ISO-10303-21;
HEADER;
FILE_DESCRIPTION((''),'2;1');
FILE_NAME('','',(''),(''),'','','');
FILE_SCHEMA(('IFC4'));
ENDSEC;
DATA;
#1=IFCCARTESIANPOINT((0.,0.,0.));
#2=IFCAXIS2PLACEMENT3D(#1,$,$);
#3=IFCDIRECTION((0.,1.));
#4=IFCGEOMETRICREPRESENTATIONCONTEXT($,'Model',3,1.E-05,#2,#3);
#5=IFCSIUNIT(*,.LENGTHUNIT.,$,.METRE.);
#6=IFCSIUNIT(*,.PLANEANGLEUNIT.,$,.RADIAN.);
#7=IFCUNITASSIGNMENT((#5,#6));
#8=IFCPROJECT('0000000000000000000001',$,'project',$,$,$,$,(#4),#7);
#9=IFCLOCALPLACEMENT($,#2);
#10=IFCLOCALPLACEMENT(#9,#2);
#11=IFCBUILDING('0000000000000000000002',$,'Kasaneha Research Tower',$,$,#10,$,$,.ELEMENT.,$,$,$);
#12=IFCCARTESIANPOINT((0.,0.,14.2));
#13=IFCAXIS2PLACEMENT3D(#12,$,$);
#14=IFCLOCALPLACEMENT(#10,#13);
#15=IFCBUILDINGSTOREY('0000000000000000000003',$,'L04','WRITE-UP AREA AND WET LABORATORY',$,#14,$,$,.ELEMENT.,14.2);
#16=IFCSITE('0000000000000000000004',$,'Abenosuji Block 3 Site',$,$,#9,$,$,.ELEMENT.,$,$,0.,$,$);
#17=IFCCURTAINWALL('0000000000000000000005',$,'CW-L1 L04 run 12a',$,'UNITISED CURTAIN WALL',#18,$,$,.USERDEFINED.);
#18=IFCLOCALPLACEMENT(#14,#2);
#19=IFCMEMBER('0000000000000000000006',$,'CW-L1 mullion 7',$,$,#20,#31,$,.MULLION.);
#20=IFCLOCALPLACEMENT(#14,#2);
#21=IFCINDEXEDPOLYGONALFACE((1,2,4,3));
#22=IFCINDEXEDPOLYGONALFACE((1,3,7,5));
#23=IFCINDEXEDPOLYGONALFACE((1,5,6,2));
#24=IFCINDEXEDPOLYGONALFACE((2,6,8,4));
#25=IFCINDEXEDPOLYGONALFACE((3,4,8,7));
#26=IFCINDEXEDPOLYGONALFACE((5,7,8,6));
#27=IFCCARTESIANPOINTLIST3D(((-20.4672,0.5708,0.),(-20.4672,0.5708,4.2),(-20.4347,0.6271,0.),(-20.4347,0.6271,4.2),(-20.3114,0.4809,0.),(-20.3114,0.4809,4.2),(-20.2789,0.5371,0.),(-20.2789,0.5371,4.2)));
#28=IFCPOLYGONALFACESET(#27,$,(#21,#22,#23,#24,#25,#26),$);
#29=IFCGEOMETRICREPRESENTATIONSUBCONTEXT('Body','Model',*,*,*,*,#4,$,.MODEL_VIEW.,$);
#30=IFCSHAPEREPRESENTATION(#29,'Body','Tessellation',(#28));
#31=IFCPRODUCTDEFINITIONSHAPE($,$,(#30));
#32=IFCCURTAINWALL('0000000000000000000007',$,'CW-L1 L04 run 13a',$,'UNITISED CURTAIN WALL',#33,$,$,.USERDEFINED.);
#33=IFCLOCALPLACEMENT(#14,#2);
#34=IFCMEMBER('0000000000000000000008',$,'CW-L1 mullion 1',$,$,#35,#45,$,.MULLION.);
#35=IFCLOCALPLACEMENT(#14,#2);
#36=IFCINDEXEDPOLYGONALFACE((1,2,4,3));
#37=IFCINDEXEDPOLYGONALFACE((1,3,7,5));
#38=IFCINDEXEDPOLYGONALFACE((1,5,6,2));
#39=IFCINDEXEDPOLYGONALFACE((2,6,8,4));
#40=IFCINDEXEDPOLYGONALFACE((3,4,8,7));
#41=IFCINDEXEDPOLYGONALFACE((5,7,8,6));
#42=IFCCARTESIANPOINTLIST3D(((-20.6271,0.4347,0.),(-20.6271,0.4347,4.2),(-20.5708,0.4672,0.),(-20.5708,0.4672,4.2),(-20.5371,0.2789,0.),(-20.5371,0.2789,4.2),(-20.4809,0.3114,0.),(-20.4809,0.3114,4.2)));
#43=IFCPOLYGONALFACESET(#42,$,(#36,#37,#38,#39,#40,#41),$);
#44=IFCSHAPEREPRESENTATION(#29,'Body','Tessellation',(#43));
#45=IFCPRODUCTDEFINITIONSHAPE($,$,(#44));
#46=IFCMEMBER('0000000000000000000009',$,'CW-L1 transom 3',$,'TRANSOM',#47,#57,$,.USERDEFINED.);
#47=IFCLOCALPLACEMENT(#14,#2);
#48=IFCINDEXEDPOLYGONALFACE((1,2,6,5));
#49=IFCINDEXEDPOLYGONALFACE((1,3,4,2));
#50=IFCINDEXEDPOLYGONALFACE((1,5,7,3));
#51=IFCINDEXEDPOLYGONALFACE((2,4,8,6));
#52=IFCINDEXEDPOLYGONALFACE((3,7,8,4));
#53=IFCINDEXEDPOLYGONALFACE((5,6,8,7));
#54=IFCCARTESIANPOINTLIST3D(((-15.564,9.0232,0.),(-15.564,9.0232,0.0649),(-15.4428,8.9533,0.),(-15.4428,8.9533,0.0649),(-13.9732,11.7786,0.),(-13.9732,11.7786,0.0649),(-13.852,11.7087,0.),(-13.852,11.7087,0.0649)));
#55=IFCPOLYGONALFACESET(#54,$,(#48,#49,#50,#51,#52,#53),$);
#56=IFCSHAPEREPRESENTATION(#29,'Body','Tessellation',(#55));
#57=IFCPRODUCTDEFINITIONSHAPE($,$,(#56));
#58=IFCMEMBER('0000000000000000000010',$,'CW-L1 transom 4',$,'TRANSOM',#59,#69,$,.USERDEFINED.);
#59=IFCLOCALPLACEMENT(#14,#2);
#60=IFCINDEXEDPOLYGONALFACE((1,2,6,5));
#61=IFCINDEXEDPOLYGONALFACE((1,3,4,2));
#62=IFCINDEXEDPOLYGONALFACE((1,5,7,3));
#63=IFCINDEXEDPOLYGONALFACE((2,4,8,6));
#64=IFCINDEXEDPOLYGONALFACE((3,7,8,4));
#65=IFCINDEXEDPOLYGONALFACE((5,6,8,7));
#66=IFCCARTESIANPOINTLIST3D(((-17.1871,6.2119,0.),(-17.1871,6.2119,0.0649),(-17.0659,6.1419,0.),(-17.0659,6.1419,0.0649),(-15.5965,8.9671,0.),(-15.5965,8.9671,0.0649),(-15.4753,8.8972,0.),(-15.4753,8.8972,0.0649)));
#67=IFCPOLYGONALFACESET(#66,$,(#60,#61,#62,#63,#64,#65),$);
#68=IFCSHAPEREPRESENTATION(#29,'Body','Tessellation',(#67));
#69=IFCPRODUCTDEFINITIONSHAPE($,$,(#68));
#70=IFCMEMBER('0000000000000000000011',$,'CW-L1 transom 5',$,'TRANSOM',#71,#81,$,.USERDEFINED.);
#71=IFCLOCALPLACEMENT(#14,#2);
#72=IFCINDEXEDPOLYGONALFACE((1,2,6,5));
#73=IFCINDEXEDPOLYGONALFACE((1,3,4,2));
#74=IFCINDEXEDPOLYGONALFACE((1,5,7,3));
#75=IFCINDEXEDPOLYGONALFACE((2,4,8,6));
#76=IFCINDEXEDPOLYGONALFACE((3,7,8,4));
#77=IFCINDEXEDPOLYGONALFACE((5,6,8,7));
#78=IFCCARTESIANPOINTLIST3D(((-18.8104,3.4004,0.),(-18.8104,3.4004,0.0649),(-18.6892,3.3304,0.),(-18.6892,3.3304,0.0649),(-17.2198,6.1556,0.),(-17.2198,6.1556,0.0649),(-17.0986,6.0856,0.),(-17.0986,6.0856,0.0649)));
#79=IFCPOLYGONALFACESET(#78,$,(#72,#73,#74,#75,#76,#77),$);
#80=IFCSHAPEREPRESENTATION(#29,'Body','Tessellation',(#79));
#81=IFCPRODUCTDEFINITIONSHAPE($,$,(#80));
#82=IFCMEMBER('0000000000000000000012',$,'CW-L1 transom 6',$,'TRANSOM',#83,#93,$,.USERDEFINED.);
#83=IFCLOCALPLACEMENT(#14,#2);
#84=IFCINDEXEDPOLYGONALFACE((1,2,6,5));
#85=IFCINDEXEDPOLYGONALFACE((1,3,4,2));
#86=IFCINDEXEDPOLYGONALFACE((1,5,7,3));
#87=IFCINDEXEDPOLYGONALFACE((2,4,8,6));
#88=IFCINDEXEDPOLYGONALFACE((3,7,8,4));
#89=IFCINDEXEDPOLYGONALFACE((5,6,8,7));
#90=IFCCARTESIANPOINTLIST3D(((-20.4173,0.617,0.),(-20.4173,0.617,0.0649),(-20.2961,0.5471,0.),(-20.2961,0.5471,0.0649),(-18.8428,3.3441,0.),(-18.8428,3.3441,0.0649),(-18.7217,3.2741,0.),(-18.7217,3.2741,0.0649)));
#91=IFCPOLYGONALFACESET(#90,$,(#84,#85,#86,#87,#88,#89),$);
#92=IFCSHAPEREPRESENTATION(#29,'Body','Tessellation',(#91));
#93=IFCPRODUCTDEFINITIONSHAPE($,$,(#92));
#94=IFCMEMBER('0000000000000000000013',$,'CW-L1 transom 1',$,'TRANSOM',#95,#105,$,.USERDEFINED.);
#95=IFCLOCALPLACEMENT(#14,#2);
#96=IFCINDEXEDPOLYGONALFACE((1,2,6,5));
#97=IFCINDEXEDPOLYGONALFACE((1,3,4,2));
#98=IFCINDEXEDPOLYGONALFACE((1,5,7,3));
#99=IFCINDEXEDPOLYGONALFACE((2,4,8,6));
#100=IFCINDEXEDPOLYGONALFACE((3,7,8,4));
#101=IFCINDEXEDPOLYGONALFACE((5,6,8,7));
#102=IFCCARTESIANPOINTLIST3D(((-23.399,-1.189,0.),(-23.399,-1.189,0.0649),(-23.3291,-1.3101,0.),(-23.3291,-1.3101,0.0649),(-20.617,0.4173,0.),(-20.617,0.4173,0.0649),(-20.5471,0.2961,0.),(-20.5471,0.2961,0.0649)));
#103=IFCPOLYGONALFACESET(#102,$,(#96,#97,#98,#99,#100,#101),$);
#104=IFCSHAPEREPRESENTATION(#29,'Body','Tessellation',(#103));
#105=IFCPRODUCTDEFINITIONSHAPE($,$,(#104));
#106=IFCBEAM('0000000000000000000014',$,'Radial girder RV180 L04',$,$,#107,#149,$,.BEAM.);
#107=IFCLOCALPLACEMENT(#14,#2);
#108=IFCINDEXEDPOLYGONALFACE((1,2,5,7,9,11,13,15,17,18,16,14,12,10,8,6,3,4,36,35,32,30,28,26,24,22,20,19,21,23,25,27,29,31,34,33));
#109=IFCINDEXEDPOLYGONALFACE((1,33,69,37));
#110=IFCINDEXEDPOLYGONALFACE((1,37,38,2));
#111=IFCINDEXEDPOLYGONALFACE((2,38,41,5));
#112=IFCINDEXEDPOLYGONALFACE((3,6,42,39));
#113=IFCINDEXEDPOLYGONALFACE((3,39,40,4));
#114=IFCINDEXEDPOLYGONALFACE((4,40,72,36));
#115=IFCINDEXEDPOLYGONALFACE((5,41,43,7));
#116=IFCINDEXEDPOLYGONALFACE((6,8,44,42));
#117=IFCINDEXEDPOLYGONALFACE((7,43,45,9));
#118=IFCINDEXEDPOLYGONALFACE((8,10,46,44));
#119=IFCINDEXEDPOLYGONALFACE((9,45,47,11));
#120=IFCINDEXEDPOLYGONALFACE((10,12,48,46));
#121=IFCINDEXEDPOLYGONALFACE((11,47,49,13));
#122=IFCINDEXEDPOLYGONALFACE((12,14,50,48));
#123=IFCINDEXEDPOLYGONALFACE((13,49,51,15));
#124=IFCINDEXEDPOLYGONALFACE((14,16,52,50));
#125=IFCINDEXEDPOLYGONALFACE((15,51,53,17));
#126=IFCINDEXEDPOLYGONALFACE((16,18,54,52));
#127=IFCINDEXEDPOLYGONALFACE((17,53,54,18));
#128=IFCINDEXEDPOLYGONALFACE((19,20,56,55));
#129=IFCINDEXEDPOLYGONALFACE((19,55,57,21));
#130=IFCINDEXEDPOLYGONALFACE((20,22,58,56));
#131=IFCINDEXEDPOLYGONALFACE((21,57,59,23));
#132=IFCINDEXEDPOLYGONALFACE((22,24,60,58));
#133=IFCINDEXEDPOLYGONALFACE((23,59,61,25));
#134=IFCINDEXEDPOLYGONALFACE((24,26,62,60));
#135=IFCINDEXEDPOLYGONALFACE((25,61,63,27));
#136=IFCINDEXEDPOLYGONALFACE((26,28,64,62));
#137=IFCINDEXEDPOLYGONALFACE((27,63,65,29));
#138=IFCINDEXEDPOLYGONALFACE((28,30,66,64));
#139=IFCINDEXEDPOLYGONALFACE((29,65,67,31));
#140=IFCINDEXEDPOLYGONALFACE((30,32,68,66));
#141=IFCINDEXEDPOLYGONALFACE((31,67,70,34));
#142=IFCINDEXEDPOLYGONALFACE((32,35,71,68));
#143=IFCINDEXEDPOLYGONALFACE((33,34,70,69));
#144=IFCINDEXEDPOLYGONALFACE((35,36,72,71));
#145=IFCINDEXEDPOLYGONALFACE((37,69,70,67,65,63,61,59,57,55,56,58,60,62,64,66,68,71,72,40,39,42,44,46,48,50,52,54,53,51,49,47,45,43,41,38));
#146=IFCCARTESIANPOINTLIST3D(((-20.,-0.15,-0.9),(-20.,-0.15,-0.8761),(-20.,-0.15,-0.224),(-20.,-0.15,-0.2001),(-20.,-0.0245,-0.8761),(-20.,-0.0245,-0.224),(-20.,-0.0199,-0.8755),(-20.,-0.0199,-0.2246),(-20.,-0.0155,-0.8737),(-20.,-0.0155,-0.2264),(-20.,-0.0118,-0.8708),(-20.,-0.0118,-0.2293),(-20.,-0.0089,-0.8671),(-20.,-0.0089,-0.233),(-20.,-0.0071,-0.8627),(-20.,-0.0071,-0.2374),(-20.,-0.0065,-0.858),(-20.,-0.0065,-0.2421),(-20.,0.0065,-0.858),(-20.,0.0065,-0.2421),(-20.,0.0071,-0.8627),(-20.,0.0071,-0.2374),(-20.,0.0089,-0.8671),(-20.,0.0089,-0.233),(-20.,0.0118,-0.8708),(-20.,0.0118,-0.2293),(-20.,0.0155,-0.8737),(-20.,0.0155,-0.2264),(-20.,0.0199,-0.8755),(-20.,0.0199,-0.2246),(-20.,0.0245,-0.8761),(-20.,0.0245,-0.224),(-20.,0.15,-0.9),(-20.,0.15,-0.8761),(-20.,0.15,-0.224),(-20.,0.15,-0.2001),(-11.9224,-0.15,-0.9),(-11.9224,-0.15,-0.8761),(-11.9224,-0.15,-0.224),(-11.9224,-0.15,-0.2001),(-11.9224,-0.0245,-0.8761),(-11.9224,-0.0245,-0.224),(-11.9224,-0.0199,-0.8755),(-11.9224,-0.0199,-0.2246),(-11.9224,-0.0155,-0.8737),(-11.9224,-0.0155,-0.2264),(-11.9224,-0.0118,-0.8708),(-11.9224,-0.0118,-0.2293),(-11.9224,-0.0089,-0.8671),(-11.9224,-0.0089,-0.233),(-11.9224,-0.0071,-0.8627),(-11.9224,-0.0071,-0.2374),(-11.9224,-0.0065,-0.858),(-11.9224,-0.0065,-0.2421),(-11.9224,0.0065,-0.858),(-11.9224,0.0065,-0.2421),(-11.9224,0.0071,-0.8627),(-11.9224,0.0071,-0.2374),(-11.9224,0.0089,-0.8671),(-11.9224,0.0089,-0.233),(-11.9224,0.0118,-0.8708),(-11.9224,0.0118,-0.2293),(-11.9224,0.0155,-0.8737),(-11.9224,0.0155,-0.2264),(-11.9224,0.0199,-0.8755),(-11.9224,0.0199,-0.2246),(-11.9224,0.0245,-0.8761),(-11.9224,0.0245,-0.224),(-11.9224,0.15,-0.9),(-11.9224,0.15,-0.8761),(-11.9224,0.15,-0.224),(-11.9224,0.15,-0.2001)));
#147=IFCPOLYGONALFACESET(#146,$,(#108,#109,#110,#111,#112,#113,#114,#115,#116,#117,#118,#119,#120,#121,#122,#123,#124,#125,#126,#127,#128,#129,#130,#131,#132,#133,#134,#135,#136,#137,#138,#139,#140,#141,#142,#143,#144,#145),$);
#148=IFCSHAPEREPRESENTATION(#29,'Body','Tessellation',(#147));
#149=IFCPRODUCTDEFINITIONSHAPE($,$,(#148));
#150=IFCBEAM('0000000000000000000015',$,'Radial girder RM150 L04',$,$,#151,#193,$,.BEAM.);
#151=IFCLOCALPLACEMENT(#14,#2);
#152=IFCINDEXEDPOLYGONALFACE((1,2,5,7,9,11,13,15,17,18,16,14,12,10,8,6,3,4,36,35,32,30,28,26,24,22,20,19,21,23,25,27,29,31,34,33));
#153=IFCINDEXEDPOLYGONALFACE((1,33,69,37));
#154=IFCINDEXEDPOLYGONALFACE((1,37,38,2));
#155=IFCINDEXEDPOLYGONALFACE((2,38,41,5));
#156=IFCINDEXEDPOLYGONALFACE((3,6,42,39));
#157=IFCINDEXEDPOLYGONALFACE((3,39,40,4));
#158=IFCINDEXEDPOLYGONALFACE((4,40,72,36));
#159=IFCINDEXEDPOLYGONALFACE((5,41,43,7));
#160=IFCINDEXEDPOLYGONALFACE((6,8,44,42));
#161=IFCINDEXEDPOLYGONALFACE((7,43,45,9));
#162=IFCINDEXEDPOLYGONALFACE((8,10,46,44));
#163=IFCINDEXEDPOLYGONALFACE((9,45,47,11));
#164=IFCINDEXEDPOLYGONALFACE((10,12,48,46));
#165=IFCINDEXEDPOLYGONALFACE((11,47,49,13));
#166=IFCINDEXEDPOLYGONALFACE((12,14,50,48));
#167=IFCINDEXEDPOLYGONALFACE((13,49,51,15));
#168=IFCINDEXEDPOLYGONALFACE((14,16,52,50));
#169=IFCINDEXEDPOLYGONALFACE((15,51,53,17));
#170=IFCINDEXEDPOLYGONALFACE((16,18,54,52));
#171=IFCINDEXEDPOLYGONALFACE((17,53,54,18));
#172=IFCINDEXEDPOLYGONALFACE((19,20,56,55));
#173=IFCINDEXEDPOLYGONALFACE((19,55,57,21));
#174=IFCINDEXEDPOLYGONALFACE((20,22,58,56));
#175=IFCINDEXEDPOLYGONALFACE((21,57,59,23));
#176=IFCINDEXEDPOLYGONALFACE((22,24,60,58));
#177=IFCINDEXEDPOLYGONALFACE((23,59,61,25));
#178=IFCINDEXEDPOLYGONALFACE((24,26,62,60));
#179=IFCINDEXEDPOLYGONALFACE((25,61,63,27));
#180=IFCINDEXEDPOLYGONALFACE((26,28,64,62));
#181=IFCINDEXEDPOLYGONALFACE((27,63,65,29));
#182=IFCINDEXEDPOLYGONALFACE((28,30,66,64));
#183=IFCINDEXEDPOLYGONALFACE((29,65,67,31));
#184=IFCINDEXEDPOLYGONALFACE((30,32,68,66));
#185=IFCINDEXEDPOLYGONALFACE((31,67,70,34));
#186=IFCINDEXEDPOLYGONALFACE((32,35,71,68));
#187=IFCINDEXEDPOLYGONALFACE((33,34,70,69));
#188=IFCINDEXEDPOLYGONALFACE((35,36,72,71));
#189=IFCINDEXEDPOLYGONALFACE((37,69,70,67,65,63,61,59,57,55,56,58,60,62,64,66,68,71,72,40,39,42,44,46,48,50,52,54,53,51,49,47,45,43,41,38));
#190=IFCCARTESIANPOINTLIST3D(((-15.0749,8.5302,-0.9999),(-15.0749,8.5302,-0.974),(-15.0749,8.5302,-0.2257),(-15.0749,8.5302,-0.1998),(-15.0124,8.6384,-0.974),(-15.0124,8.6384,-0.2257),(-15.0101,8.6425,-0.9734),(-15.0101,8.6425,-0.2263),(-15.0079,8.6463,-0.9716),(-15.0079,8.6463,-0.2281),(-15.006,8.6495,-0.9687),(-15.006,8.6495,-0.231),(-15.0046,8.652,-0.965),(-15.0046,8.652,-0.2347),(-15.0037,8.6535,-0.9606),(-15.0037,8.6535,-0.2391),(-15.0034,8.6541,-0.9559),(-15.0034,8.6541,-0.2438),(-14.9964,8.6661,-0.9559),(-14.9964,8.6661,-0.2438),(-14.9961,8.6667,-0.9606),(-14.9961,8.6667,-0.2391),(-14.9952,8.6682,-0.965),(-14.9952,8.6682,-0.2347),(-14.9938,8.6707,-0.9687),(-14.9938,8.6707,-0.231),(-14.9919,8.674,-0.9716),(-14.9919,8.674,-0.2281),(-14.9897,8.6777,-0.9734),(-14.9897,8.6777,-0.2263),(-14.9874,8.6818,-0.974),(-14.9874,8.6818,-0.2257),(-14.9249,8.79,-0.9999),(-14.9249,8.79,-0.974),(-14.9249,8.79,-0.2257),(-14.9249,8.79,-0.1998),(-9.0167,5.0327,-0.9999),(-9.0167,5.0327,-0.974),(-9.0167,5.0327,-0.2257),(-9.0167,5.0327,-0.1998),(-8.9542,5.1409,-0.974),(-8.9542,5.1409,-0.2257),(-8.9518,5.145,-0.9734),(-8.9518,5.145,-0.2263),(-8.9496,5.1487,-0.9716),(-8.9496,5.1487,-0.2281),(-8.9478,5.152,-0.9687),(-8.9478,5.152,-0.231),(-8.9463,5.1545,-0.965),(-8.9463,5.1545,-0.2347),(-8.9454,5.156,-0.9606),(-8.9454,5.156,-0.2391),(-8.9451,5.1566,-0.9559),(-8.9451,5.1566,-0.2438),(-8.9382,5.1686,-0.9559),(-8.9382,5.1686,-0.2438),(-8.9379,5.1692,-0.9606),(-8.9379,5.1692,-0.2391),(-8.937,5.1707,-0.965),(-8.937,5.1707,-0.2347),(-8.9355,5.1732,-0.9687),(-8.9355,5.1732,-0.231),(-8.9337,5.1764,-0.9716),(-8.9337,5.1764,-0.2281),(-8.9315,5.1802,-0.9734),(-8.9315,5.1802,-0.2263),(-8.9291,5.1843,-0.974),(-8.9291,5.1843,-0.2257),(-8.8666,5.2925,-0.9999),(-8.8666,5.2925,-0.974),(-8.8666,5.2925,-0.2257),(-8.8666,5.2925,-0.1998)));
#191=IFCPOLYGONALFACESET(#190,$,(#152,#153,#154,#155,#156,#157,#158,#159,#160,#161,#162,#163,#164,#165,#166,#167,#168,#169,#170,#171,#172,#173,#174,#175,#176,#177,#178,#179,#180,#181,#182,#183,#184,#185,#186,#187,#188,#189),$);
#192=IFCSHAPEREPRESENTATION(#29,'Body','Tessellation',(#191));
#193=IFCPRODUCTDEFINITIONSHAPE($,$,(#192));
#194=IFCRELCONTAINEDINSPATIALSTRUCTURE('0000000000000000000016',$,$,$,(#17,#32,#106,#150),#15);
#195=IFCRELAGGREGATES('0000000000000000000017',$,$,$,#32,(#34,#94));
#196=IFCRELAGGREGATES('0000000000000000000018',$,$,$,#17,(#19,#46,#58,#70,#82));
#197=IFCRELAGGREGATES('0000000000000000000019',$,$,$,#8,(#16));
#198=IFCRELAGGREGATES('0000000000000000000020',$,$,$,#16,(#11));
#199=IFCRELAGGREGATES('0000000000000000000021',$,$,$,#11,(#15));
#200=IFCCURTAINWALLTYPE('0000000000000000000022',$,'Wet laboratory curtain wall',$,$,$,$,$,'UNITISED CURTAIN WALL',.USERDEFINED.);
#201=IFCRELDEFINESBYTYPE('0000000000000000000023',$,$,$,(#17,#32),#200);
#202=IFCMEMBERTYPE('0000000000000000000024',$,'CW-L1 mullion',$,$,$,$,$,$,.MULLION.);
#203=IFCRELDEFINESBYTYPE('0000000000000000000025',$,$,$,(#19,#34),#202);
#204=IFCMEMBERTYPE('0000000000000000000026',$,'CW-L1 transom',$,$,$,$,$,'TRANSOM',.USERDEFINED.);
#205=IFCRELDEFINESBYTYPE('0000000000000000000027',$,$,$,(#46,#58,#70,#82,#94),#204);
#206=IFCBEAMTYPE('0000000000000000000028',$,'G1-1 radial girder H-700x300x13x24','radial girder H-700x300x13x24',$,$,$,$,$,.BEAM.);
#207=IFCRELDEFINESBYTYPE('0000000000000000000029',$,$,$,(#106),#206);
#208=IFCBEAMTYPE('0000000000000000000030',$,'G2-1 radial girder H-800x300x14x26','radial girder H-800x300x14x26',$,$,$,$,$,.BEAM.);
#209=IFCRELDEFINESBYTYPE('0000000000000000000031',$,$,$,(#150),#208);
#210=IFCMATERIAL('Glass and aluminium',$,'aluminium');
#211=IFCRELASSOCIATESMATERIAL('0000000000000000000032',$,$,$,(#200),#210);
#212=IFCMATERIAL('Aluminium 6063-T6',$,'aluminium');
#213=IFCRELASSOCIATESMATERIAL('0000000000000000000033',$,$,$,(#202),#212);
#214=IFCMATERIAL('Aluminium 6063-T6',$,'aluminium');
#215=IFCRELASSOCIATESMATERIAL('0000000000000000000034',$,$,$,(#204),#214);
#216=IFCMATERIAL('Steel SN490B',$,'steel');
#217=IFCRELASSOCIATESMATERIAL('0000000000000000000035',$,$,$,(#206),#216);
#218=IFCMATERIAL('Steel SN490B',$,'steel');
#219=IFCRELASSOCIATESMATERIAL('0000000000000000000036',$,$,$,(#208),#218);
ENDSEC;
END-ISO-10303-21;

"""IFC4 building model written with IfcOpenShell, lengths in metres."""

from ifc_helpers import new_model, si_unit, direction, frame, origin, origin_2d, place, context, subcontext, project, spatial, rectangle, i_section, extrude, material, material_profile, profile_set, type_object, element, aggregate, save


model = new_model("IFC4")

# Units and contexts
model_context = context("Model", 3, precision=1e-05, world=origin(), true_north=direction((0.0, 1.0)))
body_context = subcontext(model_context, "Body", "Model", "MODEL_VIEW")
ifc_project = project(units=[si_unit("LENGTHUNIT", "METRE"), si_unit("PLANEANGLEUNIT", "RADIAN")], contexts=[model_context])

# Site, building, storey
site_placement = place(None, origin())
site = spatial("IfcSite", under=ifc_project, at=site_placement, Name="Abenosuji Block 3 Site", CompositionType="ELEMENT", RefElevation=0.0)
building_placement = place(site_placement, origin())
building = spatial("IfcBuilding", under=site, at=building_placement, Name="Kasaneha Research Tower", CompositionType="ELEMENT")
storey_placement = place(building_placement, frame((0.0, 0.0, 14.2)))
storey = spatial("IfcBuildingStorey", under=building, at=storey_placement, Name="L04", Description="WRITE-UP AREA AND WET LABORATORY", CompositionType="ELEMENT", Elevation=14.2)

# Curtain wall, member
ifc_material_1 = material(Name="Glass and aluminium", Category="aluminium")
curtain_wall_type = type_object("IfcCurtainWallType", Name="Wet laboratory curtain wall", ElementType="UNITISED CURTAIN WALL", PredefinedType="USERDEFINED", material=ifc_material_1)
curtain_wall_1_placement = place(storey_placement, origin())
curtain_wall_1 = element("IfcCurtainWall", 1, at=curtain_wall_1_placement, inside=storey, type_object=curtain_wall_type, Name="CW-L1 L04 run 12a", ObjectType="UNITISED CURTAIN WALL", PredefinedType="USERDEFINED")
ifc_material_2 = material(Name="Aluminium 6063-T6", Category="aluminium")
ifc_material_profile_1 = material_profile(ifc_material_2, rectangle(XDim=0.0649, YDim=0.1799, at=origin_2d()), Name="CW-L1 mullion 65x180")
ifc_profile_set_1 = profile_set([ifc_material_profile_1], Name="Aluminium 6063-T6")
member_type_1 = type_object("IfcMemberType", Name="CW-L1 mullion", PredefinedType="MULLION", material=ifc_profile_set_1)
member_1_placement = place(storey_placement, frame((-20.373, 0.554, 0.0), z_axis=(0.0, 0.0, 1.0), x_axis=(-0.5, -0.866025, 0.0)))
member_1 = element("IfcMember", 2, at=member_1_placement, type_object=member_type_1, Name="CW-L1 mullion 7", PredefinedType="MULLION", context=body_context, shape_type="SweptSolid", body=[
    extrude(rectangle(XDim=0.0649, YDim=0.1799, at=origin_2d()), origin(), (0.0, 0.0, 1.0), 4.2),
])

# Curtain wall, member
curtain_wall_2_placement = place(storey_placement, origin())
curtain_wall_2 = element("IfcCurtainWall", 3, at=curtain_wall_2_placement, inside=storey, type_object=curtain_wall_type, Name="CW-L1 L04 run 13a", ObjectType="UNITISED CURTAIN WALL", PredefinedType="USERDEFINED")
member_2_placement = place(storey_placement, frame((-20.554, 0.373, 0.0), z_axis=(0.0, 0.0, 1.0), x_axis=(-0.866025, -0.5, 0.0)))
member_2 = element("IfcMember", 4, at=member_2_placement, type_object=member_type_1, Name="CW-L1 mullion 1", PredefinedType="MULLION", context=body_context, shape_type="SweptSolid", body=[
    extrude(rectangle(XDim=0.0649, YDim=0.1799, at=origin_2d()), origin(), (0.0, 0.0, 1.0), 4.2),
])

# Members
ifc_material_3 = material(Name="Aluminium 6063-T6", Category="aluminium")
ifc_material_profile_2 = material_profile(ifc_material_3, rectangle(XDim=0.1399, YDim=0.0649, at=origin_2d()), Name="CW-L1 transom 140x65")
ifc_profile_set_2 = profile_set([ifc_material_profile_2], Name="Aluminium 6063-T6")
member_type_2 = type_object("IfcMemberType", Name="CW-L1 transom", ElementType="TRANSOM", PredefinedType="USERDEFINED", material=ifc_profile_set_2)
member_3_placement = place(storey_placement, frame((-13.9126, 11.7437, 0.0325), z_axis=(-0.500001, -0.866025, 0.0), x_axis=(0.866025, -0.500001, 0.0)))
member_3 = element("IfcMember", 5, at=member_3_placement, type_object=member_type_2, Name="CW-L1 transom 3", ObjectType="TRANSOM", PredefinedType="USERDEFINED", context=body_context, shape_type="SweptSolid", body=[
    extrude(rectangle(XDim=0.1399, YDim=0.0649, at=origin_2d()), origin(), (0.0, 0.0, 1.0), 3.1816),
])
member_4_placement = place(storey_placement, frame((-15.5359, 8.9321, 0.0325), z_axis=(-0.499977, -0.866039, 0.0), x_axis=(0.866039, -0.499977, 0.0)))
member_4 = element("IfcMember", 6, at=member_4_placement, type_object=member_type_2, Name="CW-L1 transom 4", ObjectType="TRANSOM", PredefinedType="USERDEFINED", context=body_context, shape_type="SweptSolid", body=[
    extrude(rectangle(XDim=0.1399, YDim=0.0649, at=origin_2d()), origin(), (0.0, 0.0, 1.0), 3.1814),
])
member_5_placement = place(storey_placement, frame((-17.1592, 6.1206, 0.0325), z_axis=(-0.499977, -0.866039, 0.0), x_axis=(0.866039, -0.499977, 0.0)))
member_5 = element("IfcMember", 7, at=member_5_placement, type_object=member_type_2, Name="CW-L1 transom 5", ObjectType="TRANSOM", PredefinedType="USERDEFINED", context=body_context, shape_type="SweptSolid", body=[
    extrude(rectangle(XDim=0.1399, YDim=0.0649, at=origin_2d()), origin(), (0.0, 0.0, 1.0), 3.1814),
])
member_6_placement = place(storey_placement, frame((-18.7822, 3.3091, 0.0325), z_axis=(-0.5, -0.866025, 0.0), x_axis=(0.866025, -0.5, 0.0)))
member_6 = element("IfcMember", 8, at=member_6_placement, type_object=member_type_2, Name="CW-L1 transom 6", ObjectType="TRANSOM", PredefinedType="USERDEFINED", context=body_context, shape_type="SweptSolid", body=[
    extrude(rectangle(XDim=0.1399, YDim=0.0649, at=origin_2d()), origin(), (0.0, 0.0, 1.0), 3.1489),
])
member_7_placement = place(storey_placement, frame((-20.582, 0.3567, 0.0325), z_axis=(-0.866022, -0.500005, 0.0), x_axis=(0.500005, -0.866022, 0.0)))
member_7 = element("IfcMember", 9, at=member_7_placement, type_object=member_type_2, Name="CW-L1 transom 1", ObjectType="TRANSOM", PredefinedType="USERDEFINED", context=body_context, shape_type="SweptSolid", body=[
    extrude(rectangle(XDim=0.1399, YDim=0.0649, at=origin_2d()), origin(), (0.0, 0.0, 1.0), 3.2124),
])
aggregate(curtain_wall_2, [member_2, member_7])

# Beams
ifc_material_4 = material(Name="Steel SN490B", Category="steel")
ifc_material_profile_3 = material_profile(ifc_material_4, i_section(OverallWidth=0.3, OverallDepth=0.7, WebThickness=0.0129, FlangeThickness=0.0239, FilletRadius=0.0181, at=origin_2d()), Name="H-700x300x13x24")
ifc_profile_set_3 = profile_set([ifc_material_profile_3], Name="Steel SN490B")
beam_type_1 = type_object("IfcBeamType", Name="G1-1 radial girder H-700x300x13x24", Description="radial girder H-700x300x13x24", PredefinedType="BEAM", material=ifc_profile_set_3)
beam_1_placement = place(storey_placement, frame((-11.9224, 0.0, -0.55), z_axis=(-1.0, 0.0, 0.0), x_axis=(0.0, -1.0, 0.0)))
element("IfcBeam", 10, at=beam_1_placement, inside=storey, type_object=beam_type_1, Name="Radial girder RV180 L04", PredefinedType="BEAM", context=body_context, shape_type="SweptSolid", body=[
    extrude(i_section(OverallWidth=0.3, OverallDepth=0.7, WebThickness=0.0129, FlangeThickness=0.0239, FilletRadius=0.0181, at=origin_2d()), origin(), (0.0, 0.0, 1.0), 8.0776),
])
ifc_material_5 = material(Name="Steel SN490B", Category="steel")
ifc_material_profile_4 = material_profile(ifc_material_5, i_section(OverallWidth=0.3, OverallDepth=0.8, WebThickness=0.0139, FlangeThickness=0.0259, FilletRadius=0.0181, at=origin_2d()), Name="H-800x300x14x26")
ifc_profile_set_4 = profile_set([ifc_material_profile_4], Name="Steel SN490B")
beam_type_2 = type_object("IfcBeamType", Name="G2-1 radial girder H-800x300x14x26", Description="radial girder H-800x300x14x26", PredefinedType="BEAM", material=ifc_profile_set_4)
beam_2_placement = place(storey_placement, frame((-8.9417, 5.1626, -0.5999), z_axis=(-0.86604, 0.499975, 0.0), x_axis=(-0.499975, -0.86604, 0.0)))
element("IfcBeam", 11, at=beam_2_placement, inside=storey, type_object=beam_type_2, Name="Radial girder RM150 L04", PredefinedType="BEAM", context=body_context, shape_type="SweptSolid", body=[
    extrude(i_section(OverallWidth=0.3, OverallDepth=0.8, WebThickness=0.0139, FlangeThickness=0.0259, FilletRadius=0.0181, at=origin_2d()), origin(), (0.0, 0.0, 1.0), 6.9954),
])

aggregate(curtain_wall_1, [member_1, member_3, member_4, member_5, member_6])

save(model, "model.ifc")
